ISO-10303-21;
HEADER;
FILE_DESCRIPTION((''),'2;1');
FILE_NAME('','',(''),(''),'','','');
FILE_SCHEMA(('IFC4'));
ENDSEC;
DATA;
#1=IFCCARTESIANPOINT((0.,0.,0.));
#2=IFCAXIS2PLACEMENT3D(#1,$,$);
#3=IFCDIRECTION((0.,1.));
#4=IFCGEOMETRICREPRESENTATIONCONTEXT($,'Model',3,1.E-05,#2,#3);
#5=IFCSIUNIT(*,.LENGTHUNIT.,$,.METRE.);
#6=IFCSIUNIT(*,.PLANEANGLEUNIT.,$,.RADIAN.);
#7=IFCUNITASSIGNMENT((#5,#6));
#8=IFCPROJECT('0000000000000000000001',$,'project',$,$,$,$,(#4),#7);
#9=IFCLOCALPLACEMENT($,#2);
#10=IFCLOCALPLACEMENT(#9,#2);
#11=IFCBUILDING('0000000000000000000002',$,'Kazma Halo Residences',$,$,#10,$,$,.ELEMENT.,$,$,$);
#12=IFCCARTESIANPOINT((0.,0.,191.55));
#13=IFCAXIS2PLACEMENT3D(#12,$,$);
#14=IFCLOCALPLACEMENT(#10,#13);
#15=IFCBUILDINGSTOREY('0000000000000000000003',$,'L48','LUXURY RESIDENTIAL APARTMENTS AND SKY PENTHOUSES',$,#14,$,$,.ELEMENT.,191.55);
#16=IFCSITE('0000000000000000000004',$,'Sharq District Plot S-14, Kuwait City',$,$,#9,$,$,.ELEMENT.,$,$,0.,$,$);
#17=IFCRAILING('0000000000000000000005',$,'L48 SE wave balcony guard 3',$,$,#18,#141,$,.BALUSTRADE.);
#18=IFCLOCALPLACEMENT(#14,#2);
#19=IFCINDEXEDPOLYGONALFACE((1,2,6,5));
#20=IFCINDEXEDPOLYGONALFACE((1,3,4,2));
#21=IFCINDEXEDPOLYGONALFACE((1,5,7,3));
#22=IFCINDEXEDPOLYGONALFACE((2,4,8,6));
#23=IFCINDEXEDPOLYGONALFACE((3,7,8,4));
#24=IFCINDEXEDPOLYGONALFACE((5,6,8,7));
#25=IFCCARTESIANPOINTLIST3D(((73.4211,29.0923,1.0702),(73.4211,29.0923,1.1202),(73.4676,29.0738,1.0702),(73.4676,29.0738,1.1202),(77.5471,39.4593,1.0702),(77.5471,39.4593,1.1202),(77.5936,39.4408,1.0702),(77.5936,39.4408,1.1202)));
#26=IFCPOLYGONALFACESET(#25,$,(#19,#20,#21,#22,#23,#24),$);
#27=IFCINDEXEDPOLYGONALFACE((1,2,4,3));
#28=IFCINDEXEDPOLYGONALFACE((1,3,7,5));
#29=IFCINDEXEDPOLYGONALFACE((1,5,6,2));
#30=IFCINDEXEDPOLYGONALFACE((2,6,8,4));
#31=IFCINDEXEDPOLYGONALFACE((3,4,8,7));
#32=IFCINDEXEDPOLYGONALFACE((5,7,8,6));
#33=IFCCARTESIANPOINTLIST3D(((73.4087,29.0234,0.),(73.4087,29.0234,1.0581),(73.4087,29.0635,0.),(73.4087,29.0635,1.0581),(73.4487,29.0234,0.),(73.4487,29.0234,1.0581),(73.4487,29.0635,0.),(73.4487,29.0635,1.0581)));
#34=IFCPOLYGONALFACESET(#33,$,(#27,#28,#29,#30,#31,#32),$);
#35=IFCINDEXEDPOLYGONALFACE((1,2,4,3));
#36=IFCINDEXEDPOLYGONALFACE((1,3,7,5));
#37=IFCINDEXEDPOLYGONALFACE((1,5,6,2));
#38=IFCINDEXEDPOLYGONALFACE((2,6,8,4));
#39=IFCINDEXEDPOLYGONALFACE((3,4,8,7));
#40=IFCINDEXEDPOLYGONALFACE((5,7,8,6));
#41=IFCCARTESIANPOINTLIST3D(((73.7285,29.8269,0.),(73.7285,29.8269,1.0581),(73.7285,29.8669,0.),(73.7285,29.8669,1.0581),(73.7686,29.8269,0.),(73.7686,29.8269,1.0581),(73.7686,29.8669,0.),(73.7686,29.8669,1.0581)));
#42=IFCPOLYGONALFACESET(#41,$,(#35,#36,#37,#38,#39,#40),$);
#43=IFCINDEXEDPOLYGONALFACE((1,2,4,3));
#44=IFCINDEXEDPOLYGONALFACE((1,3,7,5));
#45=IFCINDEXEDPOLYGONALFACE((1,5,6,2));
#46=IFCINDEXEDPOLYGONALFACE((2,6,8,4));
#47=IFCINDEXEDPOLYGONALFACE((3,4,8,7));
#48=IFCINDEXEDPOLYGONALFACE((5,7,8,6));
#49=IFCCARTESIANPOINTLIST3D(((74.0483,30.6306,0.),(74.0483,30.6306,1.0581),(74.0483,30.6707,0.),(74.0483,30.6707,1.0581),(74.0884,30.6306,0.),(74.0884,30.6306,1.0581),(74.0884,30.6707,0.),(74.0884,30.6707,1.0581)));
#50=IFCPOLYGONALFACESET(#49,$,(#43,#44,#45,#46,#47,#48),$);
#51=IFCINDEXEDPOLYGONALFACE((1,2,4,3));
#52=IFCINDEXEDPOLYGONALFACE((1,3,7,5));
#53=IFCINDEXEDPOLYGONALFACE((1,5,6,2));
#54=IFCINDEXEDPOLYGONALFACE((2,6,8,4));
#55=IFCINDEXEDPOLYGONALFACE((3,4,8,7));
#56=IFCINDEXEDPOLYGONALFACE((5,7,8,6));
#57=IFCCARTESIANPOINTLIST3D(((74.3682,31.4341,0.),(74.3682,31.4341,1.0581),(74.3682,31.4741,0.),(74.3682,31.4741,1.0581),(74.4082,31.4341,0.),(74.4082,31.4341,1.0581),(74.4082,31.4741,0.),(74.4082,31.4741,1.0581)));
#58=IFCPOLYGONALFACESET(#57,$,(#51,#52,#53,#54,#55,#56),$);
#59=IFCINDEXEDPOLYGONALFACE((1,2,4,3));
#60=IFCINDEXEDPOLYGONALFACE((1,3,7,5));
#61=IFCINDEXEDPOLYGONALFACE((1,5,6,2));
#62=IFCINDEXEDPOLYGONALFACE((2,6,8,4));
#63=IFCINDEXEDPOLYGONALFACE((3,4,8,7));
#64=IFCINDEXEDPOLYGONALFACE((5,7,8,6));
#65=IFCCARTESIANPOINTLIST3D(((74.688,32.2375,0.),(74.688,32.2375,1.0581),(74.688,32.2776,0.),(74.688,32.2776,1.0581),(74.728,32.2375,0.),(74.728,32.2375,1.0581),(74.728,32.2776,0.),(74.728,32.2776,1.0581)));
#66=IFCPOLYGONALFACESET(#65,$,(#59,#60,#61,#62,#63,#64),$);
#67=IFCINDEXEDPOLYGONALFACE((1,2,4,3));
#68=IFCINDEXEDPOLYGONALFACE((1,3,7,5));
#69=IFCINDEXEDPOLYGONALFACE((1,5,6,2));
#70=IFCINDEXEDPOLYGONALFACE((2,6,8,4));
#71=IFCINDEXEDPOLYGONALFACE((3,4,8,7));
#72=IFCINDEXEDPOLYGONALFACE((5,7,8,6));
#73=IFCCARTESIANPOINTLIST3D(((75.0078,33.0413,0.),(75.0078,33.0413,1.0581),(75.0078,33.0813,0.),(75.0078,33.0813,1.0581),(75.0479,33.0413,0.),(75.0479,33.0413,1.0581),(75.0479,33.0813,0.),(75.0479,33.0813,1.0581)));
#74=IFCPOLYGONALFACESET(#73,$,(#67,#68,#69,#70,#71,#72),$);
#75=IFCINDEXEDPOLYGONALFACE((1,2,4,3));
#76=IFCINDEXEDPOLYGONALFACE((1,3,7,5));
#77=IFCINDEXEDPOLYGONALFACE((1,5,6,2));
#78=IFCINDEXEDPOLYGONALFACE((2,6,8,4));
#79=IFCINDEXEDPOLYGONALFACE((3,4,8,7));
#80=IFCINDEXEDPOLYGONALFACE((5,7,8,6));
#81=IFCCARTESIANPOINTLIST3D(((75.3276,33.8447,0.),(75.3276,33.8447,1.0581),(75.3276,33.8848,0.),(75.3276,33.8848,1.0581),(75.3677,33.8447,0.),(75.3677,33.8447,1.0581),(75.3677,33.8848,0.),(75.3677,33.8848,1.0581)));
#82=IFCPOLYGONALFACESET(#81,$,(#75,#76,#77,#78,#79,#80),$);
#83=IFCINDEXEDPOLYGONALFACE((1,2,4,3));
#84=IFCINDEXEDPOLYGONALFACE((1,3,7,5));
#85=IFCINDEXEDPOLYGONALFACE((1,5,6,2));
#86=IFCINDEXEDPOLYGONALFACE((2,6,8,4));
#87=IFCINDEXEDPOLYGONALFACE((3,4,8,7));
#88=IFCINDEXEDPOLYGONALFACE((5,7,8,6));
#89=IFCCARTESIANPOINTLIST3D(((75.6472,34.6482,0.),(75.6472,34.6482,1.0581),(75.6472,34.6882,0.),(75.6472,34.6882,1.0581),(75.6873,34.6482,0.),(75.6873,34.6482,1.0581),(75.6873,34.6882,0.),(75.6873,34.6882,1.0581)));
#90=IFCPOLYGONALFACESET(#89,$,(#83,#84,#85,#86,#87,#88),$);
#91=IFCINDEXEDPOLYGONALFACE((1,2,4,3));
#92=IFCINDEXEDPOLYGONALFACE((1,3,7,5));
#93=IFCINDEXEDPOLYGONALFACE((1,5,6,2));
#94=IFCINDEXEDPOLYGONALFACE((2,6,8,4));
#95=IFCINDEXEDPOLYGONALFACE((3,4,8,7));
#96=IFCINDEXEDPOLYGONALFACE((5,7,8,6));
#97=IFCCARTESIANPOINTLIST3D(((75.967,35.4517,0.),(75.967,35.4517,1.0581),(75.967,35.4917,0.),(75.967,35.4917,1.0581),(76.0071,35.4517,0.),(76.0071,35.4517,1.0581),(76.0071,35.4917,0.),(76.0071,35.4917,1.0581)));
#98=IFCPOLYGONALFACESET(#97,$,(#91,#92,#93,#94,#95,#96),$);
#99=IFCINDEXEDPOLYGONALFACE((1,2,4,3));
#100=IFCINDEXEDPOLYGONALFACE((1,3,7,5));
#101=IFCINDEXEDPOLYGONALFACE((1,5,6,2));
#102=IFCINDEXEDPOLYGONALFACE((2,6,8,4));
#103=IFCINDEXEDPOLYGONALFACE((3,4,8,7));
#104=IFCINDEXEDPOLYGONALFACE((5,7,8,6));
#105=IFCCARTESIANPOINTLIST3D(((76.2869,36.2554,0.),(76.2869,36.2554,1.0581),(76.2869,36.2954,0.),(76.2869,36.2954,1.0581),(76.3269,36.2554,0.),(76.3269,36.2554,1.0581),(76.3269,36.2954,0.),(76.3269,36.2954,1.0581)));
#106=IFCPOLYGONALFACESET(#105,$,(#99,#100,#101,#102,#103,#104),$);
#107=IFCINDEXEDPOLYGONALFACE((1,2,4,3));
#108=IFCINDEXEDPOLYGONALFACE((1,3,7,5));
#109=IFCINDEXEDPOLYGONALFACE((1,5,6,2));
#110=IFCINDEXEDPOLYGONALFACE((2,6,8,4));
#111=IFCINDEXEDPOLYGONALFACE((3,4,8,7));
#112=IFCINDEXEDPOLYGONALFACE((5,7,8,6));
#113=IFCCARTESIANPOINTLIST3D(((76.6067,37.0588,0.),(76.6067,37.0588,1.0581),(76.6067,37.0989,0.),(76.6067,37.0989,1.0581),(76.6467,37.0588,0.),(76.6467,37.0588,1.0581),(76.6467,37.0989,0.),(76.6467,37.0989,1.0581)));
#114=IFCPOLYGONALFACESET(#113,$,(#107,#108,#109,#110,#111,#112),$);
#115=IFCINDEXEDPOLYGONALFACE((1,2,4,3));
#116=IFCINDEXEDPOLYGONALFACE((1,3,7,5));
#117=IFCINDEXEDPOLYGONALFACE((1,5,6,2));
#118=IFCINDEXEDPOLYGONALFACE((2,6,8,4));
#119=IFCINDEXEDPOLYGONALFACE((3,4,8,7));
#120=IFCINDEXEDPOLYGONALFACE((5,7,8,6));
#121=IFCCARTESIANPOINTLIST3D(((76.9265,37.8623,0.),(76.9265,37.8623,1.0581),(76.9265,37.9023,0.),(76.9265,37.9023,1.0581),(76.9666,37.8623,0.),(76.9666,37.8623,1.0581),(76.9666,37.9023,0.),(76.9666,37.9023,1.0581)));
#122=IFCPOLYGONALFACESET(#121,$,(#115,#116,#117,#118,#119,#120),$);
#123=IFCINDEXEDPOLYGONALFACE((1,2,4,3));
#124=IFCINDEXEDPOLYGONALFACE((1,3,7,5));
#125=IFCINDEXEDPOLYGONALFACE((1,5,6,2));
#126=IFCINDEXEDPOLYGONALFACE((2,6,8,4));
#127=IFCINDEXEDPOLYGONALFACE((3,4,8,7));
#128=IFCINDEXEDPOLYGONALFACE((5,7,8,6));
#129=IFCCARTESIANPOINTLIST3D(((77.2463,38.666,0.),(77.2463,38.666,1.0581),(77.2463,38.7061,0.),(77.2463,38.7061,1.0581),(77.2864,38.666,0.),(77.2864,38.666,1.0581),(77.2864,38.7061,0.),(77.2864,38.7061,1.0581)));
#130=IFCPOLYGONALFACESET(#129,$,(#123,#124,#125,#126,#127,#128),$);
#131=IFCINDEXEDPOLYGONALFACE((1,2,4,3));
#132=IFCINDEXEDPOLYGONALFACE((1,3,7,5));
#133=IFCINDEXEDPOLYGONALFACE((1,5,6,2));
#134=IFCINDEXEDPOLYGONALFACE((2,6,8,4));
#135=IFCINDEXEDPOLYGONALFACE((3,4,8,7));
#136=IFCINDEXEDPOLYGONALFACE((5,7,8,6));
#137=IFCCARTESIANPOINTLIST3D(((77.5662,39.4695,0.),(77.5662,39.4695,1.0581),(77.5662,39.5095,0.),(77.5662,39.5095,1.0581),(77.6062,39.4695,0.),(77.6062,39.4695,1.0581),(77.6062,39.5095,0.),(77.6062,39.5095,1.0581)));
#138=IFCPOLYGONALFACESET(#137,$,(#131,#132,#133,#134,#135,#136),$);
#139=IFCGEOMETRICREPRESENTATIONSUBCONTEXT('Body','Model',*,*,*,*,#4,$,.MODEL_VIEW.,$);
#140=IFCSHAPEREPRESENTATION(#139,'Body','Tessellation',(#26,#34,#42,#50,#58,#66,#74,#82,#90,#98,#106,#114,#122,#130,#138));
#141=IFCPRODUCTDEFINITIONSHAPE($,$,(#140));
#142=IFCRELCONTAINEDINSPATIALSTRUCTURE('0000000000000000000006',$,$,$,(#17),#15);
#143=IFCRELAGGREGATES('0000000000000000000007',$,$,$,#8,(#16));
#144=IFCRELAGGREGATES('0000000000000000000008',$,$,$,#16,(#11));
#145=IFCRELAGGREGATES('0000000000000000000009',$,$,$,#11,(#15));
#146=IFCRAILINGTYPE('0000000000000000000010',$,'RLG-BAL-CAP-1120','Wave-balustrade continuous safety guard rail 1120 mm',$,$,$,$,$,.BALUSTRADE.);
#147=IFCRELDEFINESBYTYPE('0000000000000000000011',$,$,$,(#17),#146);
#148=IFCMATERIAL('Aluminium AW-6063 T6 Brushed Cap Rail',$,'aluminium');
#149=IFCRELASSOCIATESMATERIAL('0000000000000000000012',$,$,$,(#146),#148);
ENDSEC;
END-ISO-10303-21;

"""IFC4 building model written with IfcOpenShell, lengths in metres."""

from ifc_helpers import new_model, si_unit, direction, frame, origin, origin_2d, place, context, subcontext, project, spatial, rectangle, extrude, material, type_object, element, save


model = new_model("IFC4")

# Units and contexts
model_context = context("Model", 3, precision=1e-05, world=origin(), true_north=direction((0.0, 1.0)))
body_context = subcontext(model_context, "Body", "Model", "MODEL_VIEW")
ifc_project = project(units=[si_unit("LENGTHUNIT", "METRE"), si_unit("PLANEANGLEUNIT", "RADIAN")], contexts=[model_context])

# Site, building, storey
site_placement = place(None, origin())
site = spatial("IfcSite", under=ifc_project, at=site_placement, Name="Sharq District Plot S-14, Kuwait City", CompositionType="ELEMENT", RefElevation=0.0)
building_placement = place(site_placement, origin())
building = spatial("IfcBuilding", under=site, at=building_placement, Name="Kazma Halo Residences", CompositionType="ELEMENT")
storey_placement = place(building_placement, frame((0.0, 0.0, 191.55)))
storey = spatial("IfcBuildingStorey", under=building, at=storey_placement, Name="L48", Description="LUXURY RESIDENTIAL APARTMENTS AND SKY PENTHOUSES", CompositionType="ELEMENT", Elevation=191.55)

# Railing
ifc_material_1 = material(Name="Aluminium AW-6063 T6 Brushed Cap Rail", Category="aluminium")
railing_type = type_object("IfcRailingType", Name="RLG-BAL-CAP-1120", Description="Wave-balustrade continuous safety guard rail 1120 mm", PredefinedType="BALUSTRADE", material=ifc_material_1)
railing_1_placement = place(storey_placement, frame((73.4287, 29.0435, 0.0)))
element("IfcRailing", 1, at=railing_1_placement, inside=storey, type_object=railing_type, Name="L48 SE wave balcony guard 3", PredefinedType="BALUSTRADE", context=body_context, shape_type="SweptSolid", body=[
    extrude(rectangle(XDim=0.05, YDim=0.05, at=origin_2d()), frame((0.0156, 0.0396, 1.0952), z_axis=(0.369784, 0.929118, 0.0), x_axis=(-0.929118, 0.369784, 0.0)), (0.0, 0.0, 1.0), 11.158),
    extrude(rectangle(XDim=0.04, YDim=0.04, at=origin_2d()), origin(), (0.0, 0.0, 1.0), 1.0581),
    extrude(rectangle(XDim=0.04, YDim=0.04, at=origin_2d()), frame((0.3198, 0.8035, 0.0)), (0.0, 0.0, 1.0), 1.0581),
    extrude(rectangle(XDim=0.04, YDim=0.04, at=origin_2d()), frame((0.6396, 1.6072, 0.0)), (0.0, 0.0, 1.0), 1.0581),
    extrude(rectangle(XDim=0.04, YDim=0.04, at=origin_2d()), frame((0.9595, 2.4106, 0.0)), (0.0, 0.0, 1.0), 1.0581),
    extrude(rectangle(XDim=0.04, YDim=0.04, at=origin_2d()), frame((1.2793, 3.2141, 0.0)), (0.0, 0.0, 1.0), 1.0581),
    extrude(rectangle(XDim=0.04, YDim=0.04, at=origin_2d()), frame((1.5991, 4.0178, 0.0)), (0.0, 0.0, 1.0), 1.0581),
    extrude(rectangle(XDim=0.04, YDim=0.04, at=origin_2d()), frame((1.9189, 4.8213, 0.0)), (0.0, 0.0, 1.0), 1.0581),
    extrude(rectangle(XDim=0.04, YDim=0.04, at=origin_2d()), frame((2.2385, 5.6248, 0.0)), (0.0, 0.0, 1.0), 1.0581),
    extrude(rectangle(XDim=0.04, YDim=0.04, at=origin_2d()), frame((2.5583, 6.4282, 0.0)), (0.0, 0.0, 1.0), 1.0581),
    extrude(rectangle(XDim=0.04, YDim=0.04, at=origin_2d()), frame((2.8782, 7.2319, 0.0)), (0.0, 0.0, 1.0), 1.0581),
    extrude(rectangle(XDim=0.04, YDim=0.04, at=origin_2d()), frame((3.198, 8.0354, 0.0)), (0.0, 0.0, 1.0), 1.0581),
    extrude(rectangle(XDim=0.04, YDim=0.04, at=origin_2d()), frame((3.5178, 8.8389, 0.0)), (0.0, 0.0, 1.0), 1.0581),
    extrude(rectangle(XDim=0.04, YDim=0.04, at=origin_2d()), frame((3.8376, 9.6426, 0.0)), (0.0, 0.0, 1.0), 1.0581),
    extrude(rectangle(XDim=0.04, YDim=0.04, at=origin_2d()), frame((4.1575, 10.446, 0.0)), (0.0, 0.0, 1.0), 1.0581),
])

save(model, "model.ifc")
